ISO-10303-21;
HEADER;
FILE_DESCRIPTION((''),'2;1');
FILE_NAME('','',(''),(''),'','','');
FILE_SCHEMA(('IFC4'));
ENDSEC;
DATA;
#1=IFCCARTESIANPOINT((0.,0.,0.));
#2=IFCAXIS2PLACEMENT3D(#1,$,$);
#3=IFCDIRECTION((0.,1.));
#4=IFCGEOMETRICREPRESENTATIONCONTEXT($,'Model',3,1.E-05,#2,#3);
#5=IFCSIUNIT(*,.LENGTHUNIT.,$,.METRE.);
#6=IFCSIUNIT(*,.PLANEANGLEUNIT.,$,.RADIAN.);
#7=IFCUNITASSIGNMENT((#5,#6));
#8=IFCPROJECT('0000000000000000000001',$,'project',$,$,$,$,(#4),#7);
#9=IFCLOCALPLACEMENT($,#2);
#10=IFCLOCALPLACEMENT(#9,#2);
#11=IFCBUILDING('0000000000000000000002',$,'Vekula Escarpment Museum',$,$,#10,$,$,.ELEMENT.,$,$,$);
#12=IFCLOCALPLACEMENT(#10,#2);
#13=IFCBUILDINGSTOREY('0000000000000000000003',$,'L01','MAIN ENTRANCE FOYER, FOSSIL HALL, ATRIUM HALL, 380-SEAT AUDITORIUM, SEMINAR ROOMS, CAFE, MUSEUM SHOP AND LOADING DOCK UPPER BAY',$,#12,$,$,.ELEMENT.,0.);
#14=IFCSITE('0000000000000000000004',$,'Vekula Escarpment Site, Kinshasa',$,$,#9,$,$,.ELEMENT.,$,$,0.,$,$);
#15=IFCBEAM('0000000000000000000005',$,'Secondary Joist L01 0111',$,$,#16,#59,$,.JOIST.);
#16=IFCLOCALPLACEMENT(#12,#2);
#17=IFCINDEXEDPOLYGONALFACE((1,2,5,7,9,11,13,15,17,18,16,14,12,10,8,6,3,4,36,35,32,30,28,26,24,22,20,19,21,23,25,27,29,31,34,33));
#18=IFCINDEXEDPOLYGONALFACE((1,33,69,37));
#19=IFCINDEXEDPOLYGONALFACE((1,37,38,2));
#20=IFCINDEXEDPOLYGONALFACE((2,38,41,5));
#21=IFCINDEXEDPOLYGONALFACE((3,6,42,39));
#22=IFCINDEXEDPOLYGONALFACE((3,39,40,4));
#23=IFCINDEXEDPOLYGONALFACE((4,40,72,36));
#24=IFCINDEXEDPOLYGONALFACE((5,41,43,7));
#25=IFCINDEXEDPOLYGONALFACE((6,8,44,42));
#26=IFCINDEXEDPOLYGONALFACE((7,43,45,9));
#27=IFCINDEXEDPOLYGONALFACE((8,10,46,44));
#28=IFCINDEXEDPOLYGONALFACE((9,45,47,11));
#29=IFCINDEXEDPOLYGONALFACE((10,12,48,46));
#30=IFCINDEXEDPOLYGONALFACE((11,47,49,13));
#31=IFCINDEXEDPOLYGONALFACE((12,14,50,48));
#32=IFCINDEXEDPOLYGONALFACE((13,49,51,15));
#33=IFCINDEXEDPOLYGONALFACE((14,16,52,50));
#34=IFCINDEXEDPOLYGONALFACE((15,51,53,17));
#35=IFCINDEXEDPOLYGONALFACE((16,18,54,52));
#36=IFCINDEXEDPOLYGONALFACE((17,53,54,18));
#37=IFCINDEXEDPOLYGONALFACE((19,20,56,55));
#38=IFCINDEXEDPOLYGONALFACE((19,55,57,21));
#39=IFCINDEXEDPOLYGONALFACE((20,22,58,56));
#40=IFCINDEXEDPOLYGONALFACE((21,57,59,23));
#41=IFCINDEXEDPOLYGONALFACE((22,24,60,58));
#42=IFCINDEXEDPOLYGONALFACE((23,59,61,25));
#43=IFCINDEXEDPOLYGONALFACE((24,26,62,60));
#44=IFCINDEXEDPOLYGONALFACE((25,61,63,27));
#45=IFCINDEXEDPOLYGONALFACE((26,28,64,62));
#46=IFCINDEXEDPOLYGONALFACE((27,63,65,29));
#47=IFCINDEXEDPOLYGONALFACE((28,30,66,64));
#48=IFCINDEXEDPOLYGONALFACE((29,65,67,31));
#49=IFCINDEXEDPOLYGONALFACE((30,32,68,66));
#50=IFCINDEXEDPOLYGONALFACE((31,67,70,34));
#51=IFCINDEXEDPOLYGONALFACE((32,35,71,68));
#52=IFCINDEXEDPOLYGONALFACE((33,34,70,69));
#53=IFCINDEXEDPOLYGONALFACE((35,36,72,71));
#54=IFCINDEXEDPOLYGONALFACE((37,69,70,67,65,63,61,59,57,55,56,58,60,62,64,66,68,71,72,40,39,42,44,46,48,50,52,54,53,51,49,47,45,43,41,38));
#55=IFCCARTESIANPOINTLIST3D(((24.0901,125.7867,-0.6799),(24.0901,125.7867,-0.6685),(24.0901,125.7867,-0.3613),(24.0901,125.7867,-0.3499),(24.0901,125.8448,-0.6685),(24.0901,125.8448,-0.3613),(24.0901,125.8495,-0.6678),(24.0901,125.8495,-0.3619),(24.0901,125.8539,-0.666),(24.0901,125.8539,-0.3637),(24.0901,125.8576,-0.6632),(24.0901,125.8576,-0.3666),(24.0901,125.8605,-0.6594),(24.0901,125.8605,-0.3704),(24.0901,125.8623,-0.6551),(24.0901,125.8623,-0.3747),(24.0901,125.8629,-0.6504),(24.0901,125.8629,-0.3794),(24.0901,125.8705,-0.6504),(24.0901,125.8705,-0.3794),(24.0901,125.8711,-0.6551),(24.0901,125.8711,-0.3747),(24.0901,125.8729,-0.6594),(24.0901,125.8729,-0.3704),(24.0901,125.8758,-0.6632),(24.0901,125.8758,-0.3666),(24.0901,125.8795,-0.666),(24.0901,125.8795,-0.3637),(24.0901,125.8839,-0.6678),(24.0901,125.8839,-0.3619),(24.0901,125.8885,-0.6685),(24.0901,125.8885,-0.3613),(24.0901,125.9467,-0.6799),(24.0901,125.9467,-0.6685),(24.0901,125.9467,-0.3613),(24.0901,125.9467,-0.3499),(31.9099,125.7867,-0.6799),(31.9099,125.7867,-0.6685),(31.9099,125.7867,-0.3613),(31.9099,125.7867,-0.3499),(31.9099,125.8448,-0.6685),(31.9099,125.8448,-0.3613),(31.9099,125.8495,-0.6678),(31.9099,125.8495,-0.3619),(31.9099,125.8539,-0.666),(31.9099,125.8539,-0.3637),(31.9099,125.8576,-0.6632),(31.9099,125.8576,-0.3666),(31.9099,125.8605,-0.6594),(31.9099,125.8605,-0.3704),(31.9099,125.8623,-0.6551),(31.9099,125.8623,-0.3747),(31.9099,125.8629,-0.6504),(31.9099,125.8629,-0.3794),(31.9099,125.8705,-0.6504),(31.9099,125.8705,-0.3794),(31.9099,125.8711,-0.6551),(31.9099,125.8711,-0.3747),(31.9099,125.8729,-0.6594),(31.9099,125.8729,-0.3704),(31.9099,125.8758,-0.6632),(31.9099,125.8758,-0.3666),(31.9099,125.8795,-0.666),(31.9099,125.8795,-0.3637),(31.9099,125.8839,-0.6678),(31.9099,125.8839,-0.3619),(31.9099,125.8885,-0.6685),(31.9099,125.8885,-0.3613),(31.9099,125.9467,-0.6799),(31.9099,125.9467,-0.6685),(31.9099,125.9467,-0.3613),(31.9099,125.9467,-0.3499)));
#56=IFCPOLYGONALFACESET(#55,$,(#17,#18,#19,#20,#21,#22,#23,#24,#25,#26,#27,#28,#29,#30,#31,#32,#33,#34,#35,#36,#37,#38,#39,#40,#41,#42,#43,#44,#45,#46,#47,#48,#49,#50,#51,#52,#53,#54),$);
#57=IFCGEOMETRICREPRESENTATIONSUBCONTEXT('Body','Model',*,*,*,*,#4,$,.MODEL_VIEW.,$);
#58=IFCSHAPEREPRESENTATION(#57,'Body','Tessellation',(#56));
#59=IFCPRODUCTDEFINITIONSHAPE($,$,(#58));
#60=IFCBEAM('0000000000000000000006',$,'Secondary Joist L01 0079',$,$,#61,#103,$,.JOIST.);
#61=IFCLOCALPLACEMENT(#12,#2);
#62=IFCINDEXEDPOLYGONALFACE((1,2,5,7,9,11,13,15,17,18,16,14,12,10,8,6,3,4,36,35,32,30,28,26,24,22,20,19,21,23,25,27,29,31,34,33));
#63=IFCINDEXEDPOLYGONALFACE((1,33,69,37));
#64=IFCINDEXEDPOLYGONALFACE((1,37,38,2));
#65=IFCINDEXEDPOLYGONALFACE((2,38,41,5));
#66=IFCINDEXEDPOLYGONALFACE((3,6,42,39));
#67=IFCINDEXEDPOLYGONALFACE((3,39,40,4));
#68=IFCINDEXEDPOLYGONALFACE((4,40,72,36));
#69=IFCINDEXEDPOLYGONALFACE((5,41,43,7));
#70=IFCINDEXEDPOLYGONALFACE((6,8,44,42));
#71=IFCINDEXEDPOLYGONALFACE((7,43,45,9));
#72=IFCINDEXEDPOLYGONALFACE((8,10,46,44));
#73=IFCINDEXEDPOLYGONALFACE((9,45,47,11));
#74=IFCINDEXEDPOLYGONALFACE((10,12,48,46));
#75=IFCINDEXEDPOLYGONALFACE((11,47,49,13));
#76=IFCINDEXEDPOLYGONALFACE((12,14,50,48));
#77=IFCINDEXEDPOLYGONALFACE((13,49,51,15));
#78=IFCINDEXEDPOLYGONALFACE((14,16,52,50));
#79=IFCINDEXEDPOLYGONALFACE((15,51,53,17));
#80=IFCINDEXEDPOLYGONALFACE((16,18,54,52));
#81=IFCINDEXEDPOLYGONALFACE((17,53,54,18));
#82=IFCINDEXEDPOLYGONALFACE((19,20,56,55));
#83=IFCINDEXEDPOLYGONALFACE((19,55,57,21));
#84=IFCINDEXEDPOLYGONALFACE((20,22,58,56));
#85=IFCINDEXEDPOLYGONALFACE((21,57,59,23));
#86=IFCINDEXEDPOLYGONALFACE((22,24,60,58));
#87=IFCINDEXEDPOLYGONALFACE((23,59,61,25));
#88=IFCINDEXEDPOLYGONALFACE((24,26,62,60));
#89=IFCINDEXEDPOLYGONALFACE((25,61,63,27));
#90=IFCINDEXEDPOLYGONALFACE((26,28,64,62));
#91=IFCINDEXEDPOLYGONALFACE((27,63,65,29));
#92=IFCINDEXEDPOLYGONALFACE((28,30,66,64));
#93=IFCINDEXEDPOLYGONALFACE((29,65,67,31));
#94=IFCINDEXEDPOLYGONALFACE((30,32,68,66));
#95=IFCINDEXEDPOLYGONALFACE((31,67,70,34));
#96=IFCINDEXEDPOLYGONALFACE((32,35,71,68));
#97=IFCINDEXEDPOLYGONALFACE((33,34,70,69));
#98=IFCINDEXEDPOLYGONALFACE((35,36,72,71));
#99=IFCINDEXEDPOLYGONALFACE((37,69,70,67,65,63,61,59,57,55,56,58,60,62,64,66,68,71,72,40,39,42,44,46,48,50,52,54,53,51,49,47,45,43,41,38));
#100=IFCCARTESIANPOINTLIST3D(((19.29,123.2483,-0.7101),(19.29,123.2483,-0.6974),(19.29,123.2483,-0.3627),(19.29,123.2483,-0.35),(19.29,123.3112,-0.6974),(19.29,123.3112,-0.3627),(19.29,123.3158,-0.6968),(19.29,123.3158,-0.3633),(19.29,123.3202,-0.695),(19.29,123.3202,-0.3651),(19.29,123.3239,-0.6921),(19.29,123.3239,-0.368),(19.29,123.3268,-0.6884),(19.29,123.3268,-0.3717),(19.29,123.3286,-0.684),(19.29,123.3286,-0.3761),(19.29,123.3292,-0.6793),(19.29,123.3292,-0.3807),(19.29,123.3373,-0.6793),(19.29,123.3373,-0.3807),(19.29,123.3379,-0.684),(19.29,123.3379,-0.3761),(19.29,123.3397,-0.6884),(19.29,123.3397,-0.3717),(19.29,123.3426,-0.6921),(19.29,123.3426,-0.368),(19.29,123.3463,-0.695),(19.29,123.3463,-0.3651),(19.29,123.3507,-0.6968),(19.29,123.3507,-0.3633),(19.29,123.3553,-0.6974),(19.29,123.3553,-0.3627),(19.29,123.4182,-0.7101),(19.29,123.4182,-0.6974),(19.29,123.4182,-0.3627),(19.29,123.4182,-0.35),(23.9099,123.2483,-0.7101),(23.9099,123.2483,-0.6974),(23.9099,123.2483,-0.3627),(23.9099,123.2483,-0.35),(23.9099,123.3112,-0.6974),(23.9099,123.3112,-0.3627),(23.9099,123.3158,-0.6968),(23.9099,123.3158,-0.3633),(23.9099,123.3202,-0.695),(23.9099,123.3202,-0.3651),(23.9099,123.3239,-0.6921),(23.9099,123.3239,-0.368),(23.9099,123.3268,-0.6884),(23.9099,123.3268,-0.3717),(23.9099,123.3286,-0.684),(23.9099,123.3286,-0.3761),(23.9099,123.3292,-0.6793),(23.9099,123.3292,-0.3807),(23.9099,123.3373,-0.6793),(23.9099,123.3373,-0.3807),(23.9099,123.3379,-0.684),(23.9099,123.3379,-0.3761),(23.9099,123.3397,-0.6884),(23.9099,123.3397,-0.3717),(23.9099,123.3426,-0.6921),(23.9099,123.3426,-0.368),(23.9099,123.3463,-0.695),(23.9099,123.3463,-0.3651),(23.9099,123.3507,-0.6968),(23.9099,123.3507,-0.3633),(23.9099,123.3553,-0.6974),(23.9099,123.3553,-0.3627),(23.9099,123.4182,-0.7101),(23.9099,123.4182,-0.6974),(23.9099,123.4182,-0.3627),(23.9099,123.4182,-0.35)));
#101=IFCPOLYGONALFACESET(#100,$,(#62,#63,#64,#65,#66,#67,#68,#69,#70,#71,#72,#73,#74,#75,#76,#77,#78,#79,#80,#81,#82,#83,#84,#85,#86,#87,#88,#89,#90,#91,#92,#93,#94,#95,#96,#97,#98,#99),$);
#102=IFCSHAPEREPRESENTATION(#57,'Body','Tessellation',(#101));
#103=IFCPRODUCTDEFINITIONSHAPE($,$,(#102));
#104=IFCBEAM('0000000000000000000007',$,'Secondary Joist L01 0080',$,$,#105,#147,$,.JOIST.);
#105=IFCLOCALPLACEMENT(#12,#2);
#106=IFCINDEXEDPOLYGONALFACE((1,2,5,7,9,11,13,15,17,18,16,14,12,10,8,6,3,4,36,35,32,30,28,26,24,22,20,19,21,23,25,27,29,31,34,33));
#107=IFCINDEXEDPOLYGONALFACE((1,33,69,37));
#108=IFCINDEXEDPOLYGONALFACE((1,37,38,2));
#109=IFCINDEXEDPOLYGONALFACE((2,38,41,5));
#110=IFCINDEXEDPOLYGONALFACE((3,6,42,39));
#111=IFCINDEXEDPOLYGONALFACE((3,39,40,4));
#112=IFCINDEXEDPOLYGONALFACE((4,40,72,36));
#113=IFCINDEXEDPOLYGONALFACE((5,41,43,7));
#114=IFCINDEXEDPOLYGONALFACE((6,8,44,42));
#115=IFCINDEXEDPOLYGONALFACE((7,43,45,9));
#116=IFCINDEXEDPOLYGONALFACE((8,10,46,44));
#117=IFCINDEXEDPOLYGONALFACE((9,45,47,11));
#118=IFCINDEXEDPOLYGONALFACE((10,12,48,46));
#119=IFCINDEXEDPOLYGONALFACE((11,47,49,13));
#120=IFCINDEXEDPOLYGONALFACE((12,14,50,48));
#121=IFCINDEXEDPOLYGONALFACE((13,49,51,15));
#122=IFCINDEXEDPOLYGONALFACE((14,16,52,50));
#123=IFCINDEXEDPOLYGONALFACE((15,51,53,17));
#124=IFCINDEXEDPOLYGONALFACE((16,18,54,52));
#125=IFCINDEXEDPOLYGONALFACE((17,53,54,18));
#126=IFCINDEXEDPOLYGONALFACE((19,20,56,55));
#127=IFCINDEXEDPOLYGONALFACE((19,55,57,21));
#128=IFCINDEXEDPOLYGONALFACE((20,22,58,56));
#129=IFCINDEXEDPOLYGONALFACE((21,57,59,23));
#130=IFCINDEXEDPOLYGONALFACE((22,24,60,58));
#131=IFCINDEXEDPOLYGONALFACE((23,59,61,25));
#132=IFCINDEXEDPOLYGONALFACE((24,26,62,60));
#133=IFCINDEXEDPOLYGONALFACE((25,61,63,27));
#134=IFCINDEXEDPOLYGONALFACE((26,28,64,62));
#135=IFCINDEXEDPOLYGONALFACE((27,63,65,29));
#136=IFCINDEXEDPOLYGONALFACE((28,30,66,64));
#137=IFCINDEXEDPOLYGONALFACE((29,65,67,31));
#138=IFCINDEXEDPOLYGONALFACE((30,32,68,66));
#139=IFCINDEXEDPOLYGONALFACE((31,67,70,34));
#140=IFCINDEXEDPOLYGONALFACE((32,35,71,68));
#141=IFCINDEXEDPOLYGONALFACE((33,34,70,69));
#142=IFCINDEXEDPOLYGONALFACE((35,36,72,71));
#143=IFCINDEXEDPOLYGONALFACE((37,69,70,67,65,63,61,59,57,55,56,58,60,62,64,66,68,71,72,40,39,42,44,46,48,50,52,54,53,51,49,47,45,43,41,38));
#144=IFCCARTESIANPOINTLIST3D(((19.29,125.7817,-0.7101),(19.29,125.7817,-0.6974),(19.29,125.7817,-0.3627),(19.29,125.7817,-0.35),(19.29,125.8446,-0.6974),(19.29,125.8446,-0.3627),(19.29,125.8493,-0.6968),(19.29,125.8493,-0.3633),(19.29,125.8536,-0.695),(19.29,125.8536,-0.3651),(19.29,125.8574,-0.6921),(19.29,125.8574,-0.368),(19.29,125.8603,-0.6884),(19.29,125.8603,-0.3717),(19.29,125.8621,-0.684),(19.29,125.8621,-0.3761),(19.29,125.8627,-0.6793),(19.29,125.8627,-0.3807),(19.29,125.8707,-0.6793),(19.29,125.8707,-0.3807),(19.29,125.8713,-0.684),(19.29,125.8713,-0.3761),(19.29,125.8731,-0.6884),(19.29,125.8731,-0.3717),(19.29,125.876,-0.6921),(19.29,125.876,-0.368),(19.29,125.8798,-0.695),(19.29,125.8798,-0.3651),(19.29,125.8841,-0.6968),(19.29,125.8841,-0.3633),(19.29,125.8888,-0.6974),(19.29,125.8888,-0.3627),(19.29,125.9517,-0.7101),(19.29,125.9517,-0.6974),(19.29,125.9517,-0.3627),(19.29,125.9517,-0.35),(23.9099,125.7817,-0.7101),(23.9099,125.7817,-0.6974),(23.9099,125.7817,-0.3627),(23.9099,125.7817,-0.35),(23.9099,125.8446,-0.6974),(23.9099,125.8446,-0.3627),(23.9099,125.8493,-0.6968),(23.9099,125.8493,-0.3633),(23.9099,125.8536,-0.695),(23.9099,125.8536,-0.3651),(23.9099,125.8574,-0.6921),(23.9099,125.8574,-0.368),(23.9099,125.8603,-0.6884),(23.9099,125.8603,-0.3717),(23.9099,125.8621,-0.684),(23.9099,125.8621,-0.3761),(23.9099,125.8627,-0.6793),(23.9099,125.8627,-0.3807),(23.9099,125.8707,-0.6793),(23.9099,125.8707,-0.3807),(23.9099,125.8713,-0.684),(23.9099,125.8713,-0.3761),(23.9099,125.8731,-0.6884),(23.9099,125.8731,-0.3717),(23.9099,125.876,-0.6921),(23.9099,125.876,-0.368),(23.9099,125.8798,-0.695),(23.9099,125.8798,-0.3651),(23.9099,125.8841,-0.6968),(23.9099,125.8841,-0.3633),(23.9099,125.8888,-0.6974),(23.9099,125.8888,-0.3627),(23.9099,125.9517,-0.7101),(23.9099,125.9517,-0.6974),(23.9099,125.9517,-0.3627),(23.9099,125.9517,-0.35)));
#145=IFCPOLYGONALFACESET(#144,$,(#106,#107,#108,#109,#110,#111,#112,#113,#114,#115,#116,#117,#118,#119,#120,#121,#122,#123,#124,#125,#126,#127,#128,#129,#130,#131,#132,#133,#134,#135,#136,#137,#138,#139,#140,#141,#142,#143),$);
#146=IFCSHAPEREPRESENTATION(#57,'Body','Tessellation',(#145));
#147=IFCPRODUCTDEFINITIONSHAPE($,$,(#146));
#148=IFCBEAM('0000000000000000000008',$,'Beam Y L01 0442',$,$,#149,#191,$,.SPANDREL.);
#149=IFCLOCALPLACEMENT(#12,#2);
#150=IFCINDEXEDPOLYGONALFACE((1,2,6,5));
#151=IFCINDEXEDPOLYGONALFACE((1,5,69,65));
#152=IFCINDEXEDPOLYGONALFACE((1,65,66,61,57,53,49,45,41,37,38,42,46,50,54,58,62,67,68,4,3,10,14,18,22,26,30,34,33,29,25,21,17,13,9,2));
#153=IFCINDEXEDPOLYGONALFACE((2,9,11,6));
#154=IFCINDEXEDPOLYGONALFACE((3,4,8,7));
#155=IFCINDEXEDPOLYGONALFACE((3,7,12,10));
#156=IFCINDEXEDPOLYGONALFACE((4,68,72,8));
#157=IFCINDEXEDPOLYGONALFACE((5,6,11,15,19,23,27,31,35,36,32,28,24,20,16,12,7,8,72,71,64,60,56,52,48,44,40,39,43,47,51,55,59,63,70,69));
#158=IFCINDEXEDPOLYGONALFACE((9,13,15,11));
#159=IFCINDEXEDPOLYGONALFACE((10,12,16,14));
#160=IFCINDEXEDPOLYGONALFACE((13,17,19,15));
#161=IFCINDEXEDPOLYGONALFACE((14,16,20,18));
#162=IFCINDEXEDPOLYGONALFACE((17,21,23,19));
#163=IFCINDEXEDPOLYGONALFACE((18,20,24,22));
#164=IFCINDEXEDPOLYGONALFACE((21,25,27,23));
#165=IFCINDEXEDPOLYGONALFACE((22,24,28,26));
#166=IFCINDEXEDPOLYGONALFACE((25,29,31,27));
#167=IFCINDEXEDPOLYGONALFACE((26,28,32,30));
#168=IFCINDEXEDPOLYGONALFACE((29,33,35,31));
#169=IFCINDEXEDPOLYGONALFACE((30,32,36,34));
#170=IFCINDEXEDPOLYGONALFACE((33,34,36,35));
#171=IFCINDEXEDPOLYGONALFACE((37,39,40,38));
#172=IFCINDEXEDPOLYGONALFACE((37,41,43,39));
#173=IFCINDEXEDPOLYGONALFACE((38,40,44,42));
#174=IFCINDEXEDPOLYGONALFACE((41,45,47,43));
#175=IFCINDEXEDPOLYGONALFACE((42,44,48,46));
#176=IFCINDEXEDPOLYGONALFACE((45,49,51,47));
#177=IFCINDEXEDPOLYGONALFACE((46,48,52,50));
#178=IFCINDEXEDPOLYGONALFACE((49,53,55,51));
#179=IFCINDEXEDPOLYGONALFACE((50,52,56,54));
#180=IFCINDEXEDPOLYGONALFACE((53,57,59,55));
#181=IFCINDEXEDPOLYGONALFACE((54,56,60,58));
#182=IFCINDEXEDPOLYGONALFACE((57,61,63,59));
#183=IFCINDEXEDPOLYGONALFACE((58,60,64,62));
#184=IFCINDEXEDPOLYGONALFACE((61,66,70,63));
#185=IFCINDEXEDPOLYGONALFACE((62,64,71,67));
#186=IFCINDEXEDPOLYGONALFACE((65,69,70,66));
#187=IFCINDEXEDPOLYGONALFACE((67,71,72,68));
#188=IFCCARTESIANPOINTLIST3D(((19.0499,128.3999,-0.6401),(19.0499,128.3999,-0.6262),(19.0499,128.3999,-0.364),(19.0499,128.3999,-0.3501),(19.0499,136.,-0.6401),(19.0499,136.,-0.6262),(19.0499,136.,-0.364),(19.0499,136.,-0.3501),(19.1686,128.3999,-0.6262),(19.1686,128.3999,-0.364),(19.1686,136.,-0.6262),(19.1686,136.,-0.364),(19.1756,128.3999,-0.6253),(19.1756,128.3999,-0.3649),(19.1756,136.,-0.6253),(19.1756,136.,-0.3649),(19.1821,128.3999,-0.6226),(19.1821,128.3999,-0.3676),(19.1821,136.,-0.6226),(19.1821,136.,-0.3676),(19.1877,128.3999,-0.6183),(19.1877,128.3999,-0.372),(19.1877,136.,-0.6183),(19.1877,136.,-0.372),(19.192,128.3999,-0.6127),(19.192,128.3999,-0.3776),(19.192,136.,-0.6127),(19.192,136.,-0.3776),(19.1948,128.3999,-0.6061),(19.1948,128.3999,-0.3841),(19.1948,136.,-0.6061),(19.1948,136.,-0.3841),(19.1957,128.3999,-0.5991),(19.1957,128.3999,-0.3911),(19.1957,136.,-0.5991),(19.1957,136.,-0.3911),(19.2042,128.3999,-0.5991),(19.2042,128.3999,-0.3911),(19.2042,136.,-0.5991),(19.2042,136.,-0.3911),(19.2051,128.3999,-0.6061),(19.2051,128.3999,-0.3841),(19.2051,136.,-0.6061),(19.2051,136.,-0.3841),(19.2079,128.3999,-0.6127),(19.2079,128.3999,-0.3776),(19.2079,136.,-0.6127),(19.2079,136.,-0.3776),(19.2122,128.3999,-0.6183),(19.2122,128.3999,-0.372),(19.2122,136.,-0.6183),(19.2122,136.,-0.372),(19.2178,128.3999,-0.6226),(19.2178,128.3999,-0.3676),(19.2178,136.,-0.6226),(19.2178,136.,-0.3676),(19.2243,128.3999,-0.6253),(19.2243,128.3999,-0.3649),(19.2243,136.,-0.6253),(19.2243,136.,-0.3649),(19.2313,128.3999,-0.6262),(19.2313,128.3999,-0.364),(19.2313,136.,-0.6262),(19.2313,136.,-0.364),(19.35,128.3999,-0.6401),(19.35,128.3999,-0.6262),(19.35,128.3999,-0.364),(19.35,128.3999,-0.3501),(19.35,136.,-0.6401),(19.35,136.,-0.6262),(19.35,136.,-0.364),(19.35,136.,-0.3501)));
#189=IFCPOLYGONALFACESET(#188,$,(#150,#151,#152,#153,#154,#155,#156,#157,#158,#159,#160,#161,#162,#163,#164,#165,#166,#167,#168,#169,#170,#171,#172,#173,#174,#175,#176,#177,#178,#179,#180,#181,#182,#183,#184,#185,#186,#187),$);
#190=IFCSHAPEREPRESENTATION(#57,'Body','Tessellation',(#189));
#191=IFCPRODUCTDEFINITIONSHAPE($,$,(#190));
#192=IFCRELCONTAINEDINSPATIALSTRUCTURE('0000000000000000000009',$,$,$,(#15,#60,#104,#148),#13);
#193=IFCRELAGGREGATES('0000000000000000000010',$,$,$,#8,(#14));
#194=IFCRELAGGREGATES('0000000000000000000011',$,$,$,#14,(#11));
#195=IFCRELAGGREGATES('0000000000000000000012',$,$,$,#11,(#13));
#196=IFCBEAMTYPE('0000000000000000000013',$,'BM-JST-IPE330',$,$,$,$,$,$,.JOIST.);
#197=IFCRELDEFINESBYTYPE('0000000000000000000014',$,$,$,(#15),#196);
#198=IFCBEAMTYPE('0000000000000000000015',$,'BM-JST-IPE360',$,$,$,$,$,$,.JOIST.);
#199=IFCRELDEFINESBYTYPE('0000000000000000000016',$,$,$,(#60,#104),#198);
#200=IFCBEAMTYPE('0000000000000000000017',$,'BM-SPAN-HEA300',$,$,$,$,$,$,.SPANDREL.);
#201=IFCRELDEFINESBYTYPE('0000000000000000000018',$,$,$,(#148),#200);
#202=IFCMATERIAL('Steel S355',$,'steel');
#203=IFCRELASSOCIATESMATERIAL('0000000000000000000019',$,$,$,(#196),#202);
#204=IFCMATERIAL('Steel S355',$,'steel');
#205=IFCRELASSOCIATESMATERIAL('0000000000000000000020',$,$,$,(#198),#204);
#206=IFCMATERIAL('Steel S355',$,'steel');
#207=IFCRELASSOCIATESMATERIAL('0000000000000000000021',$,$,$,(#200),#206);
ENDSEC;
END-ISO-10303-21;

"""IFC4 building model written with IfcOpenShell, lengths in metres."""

from ifc_helpers import new_model, si_unit, direction, frame, origin, origin_2d, place, context, subcontext, project, spatial, i_section, extrude, material, material_profile, profile_set, type_object, element, save


model = new_model("IFC4")

# Units and contexts
model_context = context("Model", 3, precision=1e-05, world=origin(), true_north=direction((0.0, 1.0)))
body_context = subcontext(model_context, "Body", "Model", "MODEL_VIEW")
ifc_project = project(units=[si_unit("LENGTHUNIT", "METRE"), si_unit("PLANEANGLEUNIT", "RADIAN")], contexts=[model_context])

# Site, building, storey
site_placement = place(None, origin())
site = spatial("IfcSite", under=ifc_project, at=site_placement, Name="Vekula Escarpment Site, Kinshasa", CompositionType="ELEMENT", RefElevation=0.0)
building_placement = place(site_placement, origin())
building = spatial("IfcBuilding", under=site, at=building_placement, Name="Vekula Escarpment Museum", CompositionType="ELEMENT")
storey_placement = place(building_placement, origin())
storey = spatial("IfcBuildingStorey", under=building, at=storey_placement, Name="L01", Description="MAIN ENTRANCE FOYER, FOSSIL HALL, ATRIUM HALL, 380-SEAT AUDITORIUM, SEMINAR ROOMS, CAFE, MUSEUM SHOP AND LOADING DOCK UPPER BAY", CompositionType="ELEMENT", Elevation=0.0)

# Beams
ifc_material_1 = material(Name="Steel S355", Category="steel")
ifc_material_profile_1 = material_profile(ifc_material_1, i_section(OverallWidth=0.1599, OverallDepth=0.3301, WebThickness=0.0076, FlangeThickness=0.0115, FilletRadius=0.0181, at=origin_2d()), Name="IPE 330")
ifc_profile_set_1 = profile_set([ifc_material_profile_1], Name="Steel S355")
beam_type_1 = type_object("IfcBeamType", Name="BM-JST-IPE330", PredefinedType="JOIST", material=ifc_profile_set_1)
for number, where, z_axis, x_axis, name in (
    (1, (24.0901, 125.8667, -0.5149), (1.0, 0.0, 0.0), (0.0, 1.0, 0.0), "Secondary Joist L01 0111"),
):
    element("IfcBeam", number, at=place(storey_placement, frame(where, z_axis=z_axis, x_axis=x_axis)), inside=storey, type_object=beam_type_1, Name=name, PredefinedType="JOIST", context=body_context, shape_type="SweptSolid", body=[
        extrude(i_section(OverallWidth=0.1599, OverallDepth=0.3301, WebThickness=0.0076, FlangeThickness=0.0115, FilletRadius=0.0181, at=origin_2d()), origin(), (0.0, 0.0, 1.0), 7.8198),
    ])
ifc_material_2 = material(Name="Steel S355", Category="steel")
ifc_material_profile_2 = material_profile(ifc_material_2, i_section(OverallWidth=0.1699, OverallDepth=0.3601, WebThickness=0.0081, FlangeThickness=0.0127, FilletRadius=0.0181, at=origin_2d()), Name="IPE 360")
ifc_profile_set_2 = profile_set([ifc_material_profile_2], Name="Steel S355")
beam_type_2 = type_object("IfcBeamType", Name="BM-JST-IPE360", PredefinedType="JOIST", material=ifc_profile_set_2)
for number, where, z_axis, x_axis, name in (
    (2, (19.29, 123.3333, -0.53), (1.0, 0.0, 0.0), (0.0, 1.0, 0.0), "Secondary Joist L01 0079"),
    (3, (19.29, 125.8667, -0.53), (1.0, 0.0, 0.0), (0.0, 1.0, 0.0), "Secondary Joist L01 0080"),
):
    element("IfcBeam", number, at=place(storey_placement, frame(where, z_axis=z_axis, x_axis=x_axis)), inside=storey, type_object=beam_type_2, Name=name, PredefinedType="JOIST", context=body_context, shape_type="SweptSolid", body=[
        extrude(i_section(OverallWidth=0.1699, OverallDepth=0.3601, WebThickness=0.0081, FlangeThickness=0.0127, FilletRadius=0.0181, at=origin_2d()), origin(), (0.0, 0.0, 1.0), 4.6199),
    ])
ifc_material_3 = material(Name="Steel S355", Category="steel")
ifc_material_profile_3 = material_profile(ifc_material_3, i_section(OverallWidth=0.3, OverallDepth=0.29, WebThickness=0.0085, FlangeThickness=0.0139, FilletRadius=0.0271, at=origin_2d()), Name="HEA 300")
ifc_profile_set_3 = profile_set([ifc_material_profile_3], Name="Steel S355")
beam_type_3 = type_object("IfcBeamType", Name="BM-SPAN-HEA300", PredefinedType="SPANDREL", material=ifc_profile_set_3)
beam_1_placement = place(storey_placement, frame((19.2, 128.3999, -0.4951), z_axis=(0.0, 1.0, 0.0), x_axis=(-1.0, 0.0, 0.0)))
element("IfcBeam", 4, at=beam_1_placement, inside=storey, type_object=beam_type_3, Name="Beam Y L01 0442", PredefinedType="SPANDREL", context=body_context, shape_type="SweptSolid", body=[
    extrude(i_section(OverallWidth=0.3, OverallDepth=0.29, WebThickness=0.0085, FlangeThickness=0.0139, FilletRadius=0.0271, at=origin_2d()), origin(), (0.0, 0.0, 1.0), 7.6001),
])

save(model, "model.ifc")
